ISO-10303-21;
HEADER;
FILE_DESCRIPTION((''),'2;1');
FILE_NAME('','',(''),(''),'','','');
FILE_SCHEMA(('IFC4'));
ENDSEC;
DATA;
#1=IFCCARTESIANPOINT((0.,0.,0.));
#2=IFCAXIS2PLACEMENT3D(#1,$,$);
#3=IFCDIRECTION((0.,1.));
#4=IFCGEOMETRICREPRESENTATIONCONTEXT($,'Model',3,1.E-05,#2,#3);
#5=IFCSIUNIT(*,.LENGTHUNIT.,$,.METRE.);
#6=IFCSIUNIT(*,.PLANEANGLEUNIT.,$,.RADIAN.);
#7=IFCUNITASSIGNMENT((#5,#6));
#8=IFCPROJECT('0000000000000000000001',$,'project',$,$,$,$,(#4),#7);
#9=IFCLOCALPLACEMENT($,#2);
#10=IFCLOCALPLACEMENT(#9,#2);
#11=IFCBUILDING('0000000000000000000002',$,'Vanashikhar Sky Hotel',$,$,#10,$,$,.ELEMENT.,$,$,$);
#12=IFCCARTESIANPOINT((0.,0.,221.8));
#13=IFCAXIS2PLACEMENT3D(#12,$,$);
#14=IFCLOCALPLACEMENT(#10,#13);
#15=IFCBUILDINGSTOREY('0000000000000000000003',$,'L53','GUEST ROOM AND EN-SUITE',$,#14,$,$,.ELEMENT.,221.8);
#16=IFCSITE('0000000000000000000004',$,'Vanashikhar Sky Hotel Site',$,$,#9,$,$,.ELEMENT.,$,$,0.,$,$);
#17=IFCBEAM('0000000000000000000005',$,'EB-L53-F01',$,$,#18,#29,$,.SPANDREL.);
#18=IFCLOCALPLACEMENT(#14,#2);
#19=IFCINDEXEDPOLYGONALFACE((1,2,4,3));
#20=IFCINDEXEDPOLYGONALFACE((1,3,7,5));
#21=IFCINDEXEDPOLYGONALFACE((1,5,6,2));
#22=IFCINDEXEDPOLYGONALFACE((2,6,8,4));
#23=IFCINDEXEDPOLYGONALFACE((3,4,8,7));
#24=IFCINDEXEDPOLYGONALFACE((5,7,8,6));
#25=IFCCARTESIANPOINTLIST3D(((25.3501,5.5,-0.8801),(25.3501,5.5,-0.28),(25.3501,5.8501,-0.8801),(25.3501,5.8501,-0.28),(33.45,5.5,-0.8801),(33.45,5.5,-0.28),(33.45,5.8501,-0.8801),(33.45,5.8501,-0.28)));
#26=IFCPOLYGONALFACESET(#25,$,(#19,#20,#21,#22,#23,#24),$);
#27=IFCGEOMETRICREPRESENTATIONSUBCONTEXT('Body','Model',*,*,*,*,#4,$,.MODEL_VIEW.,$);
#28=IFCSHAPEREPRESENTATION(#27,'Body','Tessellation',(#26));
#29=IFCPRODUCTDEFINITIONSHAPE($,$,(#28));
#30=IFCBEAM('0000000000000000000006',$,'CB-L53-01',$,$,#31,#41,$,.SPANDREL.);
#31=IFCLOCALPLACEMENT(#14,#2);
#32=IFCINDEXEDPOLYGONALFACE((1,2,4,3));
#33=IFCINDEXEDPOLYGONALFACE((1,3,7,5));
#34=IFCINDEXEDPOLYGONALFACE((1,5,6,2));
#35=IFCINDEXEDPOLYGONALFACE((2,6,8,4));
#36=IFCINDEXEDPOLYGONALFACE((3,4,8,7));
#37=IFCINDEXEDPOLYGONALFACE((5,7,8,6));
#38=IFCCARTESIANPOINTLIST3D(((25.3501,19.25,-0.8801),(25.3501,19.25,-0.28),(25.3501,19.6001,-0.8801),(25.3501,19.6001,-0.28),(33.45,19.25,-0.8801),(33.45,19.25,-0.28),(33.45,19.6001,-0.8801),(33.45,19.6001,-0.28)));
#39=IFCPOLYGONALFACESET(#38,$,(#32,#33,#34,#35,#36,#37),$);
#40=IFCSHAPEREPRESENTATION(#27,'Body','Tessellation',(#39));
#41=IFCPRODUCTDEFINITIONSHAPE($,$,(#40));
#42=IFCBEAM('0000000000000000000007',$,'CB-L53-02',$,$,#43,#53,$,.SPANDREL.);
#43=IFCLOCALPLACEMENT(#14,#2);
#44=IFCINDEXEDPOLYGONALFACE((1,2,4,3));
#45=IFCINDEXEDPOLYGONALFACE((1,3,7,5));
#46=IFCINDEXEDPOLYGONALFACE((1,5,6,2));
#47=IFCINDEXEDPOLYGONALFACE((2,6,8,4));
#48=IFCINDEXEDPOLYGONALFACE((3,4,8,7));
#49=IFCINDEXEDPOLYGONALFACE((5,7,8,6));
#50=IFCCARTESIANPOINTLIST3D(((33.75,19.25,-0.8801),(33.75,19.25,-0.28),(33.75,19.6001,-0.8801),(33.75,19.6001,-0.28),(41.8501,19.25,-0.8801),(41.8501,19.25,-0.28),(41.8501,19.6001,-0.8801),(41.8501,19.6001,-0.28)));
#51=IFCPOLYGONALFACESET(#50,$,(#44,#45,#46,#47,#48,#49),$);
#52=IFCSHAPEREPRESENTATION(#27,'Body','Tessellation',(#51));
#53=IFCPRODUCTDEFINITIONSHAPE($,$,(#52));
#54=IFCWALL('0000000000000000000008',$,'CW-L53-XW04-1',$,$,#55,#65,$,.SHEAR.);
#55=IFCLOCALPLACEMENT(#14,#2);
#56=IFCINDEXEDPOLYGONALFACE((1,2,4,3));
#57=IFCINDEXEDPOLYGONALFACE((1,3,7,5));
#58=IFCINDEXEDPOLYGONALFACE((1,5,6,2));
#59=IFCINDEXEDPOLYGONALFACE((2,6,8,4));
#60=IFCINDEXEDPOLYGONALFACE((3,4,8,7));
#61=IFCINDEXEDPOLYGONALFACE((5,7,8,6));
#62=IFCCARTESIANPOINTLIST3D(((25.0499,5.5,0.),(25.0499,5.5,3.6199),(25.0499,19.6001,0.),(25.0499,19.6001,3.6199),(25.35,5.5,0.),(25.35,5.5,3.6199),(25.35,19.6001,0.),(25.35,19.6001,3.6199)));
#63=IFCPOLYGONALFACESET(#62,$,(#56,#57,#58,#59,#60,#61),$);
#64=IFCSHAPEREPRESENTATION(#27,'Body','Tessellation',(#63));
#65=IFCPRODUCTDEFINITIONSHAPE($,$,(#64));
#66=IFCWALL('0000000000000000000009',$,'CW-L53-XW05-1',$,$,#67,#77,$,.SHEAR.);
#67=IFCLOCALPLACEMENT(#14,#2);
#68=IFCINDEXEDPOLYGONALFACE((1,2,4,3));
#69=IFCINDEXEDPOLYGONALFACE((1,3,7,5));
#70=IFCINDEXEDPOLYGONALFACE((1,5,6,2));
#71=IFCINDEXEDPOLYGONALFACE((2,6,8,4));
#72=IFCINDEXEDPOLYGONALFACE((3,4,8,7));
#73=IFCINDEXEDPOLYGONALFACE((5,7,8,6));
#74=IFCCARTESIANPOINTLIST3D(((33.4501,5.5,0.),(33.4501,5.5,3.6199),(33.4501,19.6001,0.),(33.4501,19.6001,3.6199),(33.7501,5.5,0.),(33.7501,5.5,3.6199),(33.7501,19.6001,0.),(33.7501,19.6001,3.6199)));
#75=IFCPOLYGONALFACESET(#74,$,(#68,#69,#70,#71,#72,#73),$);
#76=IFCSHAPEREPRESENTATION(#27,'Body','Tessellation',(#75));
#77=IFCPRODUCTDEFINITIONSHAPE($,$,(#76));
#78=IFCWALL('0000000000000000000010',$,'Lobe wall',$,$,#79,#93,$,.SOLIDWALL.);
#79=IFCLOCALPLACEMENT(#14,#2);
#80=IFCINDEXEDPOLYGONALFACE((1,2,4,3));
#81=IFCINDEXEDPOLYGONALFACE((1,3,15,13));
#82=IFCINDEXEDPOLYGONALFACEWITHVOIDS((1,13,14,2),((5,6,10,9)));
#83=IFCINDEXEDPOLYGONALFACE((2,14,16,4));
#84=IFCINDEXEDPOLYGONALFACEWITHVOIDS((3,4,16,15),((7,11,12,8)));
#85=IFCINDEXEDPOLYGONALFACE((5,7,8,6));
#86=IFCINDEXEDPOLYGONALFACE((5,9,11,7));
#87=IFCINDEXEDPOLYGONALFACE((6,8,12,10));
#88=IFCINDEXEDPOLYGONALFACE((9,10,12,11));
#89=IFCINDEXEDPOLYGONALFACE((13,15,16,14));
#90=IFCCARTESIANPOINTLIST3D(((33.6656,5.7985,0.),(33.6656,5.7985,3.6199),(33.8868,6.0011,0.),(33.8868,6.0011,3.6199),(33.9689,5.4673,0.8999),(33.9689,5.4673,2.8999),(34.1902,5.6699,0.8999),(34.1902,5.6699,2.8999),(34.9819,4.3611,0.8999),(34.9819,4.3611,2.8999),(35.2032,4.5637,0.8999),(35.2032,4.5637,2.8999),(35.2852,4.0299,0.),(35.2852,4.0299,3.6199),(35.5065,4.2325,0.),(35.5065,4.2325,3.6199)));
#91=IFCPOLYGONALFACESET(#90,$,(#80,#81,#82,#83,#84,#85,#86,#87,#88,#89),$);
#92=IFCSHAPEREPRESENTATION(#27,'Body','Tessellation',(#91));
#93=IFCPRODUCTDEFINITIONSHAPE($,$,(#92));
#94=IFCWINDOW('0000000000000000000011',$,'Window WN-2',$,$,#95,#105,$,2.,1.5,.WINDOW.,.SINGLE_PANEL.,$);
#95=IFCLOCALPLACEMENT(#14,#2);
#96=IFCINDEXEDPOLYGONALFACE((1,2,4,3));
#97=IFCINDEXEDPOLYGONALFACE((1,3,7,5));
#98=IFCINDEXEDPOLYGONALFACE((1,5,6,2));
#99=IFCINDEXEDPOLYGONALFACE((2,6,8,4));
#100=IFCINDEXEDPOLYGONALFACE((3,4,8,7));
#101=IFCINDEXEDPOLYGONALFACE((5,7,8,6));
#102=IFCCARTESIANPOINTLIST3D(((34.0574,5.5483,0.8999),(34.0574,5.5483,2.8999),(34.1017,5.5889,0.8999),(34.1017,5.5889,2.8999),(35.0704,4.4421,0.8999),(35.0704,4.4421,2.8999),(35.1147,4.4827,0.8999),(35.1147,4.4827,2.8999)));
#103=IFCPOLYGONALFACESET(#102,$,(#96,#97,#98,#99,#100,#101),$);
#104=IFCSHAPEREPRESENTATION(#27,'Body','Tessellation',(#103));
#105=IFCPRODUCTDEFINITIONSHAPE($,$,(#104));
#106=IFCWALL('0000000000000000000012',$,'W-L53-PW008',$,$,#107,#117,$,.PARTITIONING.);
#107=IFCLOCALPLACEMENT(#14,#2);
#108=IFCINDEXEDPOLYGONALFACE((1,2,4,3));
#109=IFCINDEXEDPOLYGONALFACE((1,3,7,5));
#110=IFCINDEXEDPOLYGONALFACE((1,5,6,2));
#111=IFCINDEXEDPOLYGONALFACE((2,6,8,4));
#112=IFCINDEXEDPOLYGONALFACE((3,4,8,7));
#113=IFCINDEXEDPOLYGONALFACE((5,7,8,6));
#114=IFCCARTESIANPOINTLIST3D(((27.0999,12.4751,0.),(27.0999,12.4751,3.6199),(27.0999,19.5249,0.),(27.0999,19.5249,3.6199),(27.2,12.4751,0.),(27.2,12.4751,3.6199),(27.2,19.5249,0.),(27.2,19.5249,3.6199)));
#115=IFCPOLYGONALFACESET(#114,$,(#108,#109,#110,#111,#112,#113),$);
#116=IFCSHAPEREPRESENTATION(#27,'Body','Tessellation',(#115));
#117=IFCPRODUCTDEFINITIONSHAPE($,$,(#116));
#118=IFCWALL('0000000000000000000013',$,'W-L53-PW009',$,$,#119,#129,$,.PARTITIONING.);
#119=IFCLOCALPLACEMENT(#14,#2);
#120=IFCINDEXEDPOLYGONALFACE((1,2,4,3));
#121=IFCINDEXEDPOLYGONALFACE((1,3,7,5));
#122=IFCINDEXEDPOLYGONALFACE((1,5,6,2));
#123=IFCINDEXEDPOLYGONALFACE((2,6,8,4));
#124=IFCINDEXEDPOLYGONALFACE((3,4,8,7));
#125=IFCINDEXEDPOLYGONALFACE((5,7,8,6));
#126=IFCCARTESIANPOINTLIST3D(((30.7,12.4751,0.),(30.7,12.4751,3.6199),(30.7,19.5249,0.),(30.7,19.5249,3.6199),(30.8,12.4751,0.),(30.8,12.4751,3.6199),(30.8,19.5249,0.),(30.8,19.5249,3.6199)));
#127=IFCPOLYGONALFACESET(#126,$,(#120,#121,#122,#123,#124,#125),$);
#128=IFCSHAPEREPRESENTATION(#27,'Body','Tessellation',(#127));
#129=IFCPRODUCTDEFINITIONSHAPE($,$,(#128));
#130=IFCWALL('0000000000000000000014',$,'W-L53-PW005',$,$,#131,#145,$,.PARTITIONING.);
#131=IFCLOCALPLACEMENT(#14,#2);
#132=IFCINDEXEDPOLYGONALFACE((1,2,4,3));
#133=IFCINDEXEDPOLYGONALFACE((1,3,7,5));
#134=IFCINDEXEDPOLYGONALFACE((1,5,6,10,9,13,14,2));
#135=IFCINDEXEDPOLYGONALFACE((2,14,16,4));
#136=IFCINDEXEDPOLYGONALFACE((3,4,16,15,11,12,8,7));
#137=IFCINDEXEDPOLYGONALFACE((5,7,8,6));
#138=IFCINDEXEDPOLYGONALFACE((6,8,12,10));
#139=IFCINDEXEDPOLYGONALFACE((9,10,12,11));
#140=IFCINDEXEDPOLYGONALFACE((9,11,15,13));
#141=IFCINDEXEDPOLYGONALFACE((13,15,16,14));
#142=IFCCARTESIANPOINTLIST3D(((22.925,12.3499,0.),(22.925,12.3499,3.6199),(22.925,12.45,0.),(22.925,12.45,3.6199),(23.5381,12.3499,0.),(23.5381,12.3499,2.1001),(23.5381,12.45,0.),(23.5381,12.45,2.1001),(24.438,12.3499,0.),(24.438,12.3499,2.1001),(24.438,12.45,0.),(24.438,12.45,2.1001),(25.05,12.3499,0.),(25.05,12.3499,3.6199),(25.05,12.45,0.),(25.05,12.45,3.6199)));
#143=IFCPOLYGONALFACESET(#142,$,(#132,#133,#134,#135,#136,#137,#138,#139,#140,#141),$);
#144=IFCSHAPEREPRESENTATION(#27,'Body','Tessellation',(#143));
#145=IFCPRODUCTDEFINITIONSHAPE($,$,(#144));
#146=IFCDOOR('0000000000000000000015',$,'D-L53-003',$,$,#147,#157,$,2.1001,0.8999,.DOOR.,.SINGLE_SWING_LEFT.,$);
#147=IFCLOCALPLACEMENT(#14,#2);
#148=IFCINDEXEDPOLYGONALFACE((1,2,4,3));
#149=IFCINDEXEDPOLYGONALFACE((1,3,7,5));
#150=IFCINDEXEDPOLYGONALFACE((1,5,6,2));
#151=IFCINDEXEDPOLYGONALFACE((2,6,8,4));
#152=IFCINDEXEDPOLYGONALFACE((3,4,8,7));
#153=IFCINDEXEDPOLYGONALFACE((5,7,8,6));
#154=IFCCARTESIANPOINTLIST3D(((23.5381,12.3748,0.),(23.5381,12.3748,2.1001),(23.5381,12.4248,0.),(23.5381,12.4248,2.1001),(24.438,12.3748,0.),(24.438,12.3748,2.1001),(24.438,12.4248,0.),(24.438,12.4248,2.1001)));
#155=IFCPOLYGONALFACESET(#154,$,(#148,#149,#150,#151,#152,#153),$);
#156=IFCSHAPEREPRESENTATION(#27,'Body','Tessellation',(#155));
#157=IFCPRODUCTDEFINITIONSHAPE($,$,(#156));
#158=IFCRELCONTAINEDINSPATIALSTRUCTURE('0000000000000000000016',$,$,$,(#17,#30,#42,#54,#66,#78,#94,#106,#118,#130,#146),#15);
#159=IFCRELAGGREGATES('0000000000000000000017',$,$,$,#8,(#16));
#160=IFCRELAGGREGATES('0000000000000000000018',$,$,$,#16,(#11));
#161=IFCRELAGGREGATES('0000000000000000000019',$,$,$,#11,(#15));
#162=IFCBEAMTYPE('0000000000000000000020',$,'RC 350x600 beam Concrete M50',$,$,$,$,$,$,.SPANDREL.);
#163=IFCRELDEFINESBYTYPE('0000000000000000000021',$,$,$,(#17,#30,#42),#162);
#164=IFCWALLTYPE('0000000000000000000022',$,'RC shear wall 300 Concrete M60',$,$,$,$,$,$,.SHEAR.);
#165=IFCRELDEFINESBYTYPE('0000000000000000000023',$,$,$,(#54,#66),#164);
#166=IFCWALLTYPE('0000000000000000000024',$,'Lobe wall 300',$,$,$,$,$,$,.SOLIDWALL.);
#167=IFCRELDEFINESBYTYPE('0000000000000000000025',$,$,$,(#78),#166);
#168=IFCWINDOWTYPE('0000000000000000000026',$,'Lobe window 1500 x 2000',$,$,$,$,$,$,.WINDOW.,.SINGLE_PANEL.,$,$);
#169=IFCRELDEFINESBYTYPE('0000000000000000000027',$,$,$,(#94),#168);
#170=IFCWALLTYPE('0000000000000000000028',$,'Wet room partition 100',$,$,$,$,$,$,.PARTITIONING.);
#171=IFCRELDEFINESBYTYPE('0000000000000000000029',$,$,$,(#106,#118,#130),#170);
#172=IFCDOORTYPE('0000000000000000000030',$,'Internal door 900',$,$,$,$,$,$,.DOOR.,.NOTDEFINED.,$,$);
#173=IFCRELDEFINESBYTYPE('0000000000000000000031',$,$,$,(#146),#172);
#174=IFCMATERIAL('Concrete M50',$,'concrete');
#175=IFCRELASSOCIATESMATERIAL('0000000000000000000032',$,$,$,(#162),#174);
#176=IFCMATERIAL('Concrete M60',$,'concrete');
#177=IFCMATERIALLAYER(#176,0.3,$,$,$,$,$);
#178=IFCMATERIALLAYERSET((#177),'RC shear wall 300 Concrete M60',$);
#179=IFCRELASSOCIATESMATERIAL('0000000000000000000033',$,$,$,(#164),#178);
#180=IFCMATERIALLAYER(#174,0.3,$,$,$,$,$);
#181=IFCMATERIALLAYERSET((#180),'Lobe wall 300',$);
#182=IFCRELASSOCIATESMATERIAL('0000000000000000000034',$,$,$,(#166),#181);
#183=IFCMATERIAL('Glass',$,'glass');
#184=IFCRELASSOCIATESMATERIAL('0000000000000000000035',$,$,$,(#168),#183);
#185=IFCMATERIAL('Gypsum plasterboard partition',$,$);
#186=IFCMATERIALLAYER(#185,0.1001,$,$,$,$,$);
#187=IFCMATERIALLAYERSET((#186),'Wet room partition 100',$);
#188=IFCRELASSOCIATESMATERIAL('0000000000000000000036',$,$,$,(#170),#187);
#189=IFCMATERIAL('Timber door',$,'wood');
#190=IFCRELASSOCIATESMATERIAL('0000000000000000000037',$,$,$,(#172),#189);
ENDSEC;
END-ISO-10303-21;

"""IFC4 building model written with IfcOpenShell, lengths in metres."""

from ifc_helpers import new_model, si_unit, direction, frame, frame_2d, origin, origin_2d, place, context, subcontext, project, spatial, rectangle, extrude, source, transform, mapped, material, layer, layer_set, material_profile, profile_set, type_object, element, fill, save


model = new_model("IFC4")

# Units and contexts
model_context = context("Model", 3, precision=1e-05, world=origin(), true_north=direction((0.0, 1.0)))
body_context = subcontext(model_context, "Body", "Model", "MODEL_VIEW")
ifc_project = project(units=[si_unit("LENGTHUNIT", "METRE"), si_unit("PLANEANGLEUNIT", "RADIAN")], contexts=[model_context])

# Site, building, storey
site_placement = place(None, origin())
site = spatial("IfcSite", under=ifc_project, at=site_placement, Name="Vanashikhar Sky Hotel Site", CompositionType="ELEMENT", RefElevation=0.0)
building_placement = place(site_placement, origin())
building = spatial("IfcBuilding", under=site, at=building_placement, Name="Vanashikhar Sky Hotel", CompositionType="ELEMENT")
storey_placement = place(building_placement, frame((0.0, 0.0, 221.8)))
storey = spatial("IfcBuildingStorey", under=building, at=storey_placement, Name="L53", Description="GUEST ROOM AND EN-SUITE", CompositionType="ELEMENT", Elevation=221.8)

# Beams
ifc_material_1 = material(Name="Concrete M50", Category="concrete")
ifc_material_profile_1 = material_profile(ifc_material_1, rectangle(XDim=0.3501, YDim=0.6001, at=origin_2d()))
ifc_profile_set_1 = profile_set([ifc_material_profile_1], Name="RC 350x600 beam Concrete M50")
beam_type = type_object("IfcBeamType", Name="RC 350x600 beam Concrete M50", PredefinedType="SPANDREL", material=ifc_profile_set_1)
shared_shape_1 = source(origin(), body_context, "Body", "SweptSolid", [
    extrude(rectangle(XDim=0.3501, YDim=0.6001, at=origin_2d()), origin(), (0.0, 0.0, 1.0), 8.0999),
])
for number, where, z_axis, x_axis, name in (
    (1, (25.3501, 5.675, -0.5801), (1.0, 0.0, 0.0), (0.0, 1.0, 0.0), "EB-L53-F01"),
    (2, (25.3501, 19.425, -0.5801), (1.0, 0.0, 0.0), (0.0, 1.0, 0.0), "CB-L53-01"),
):
    element("IfcBeam", number, at=place(storey_placement, frame(where, z_axis=z_axis, x_axis=x_axis)), inside=storey, type_object=beam_type, Name=name, PredefinedType="SPANDREL", context=body_context, shape_type="MappedRepresentation", body=[
        mapped(shared_shape_1, transform((0.0, 0.0, 0.0), scale=1.0)),
    ])
shared_shape_2 = source(origin(), body_context, "Body", "SweptSolid", [
    extrude(rectangle(XDim=0.3501, YDim=0.6001, at=origin_2d()), origin(), (0.0, 0.0, 1.0), 8.1001),
])
beam_placement = place(storey_placement, frame((33.75, 19.425, -0.5801), z_axis=(1.0, 0.0, 0.0), x_axis=(0.0, 1.0, 0.0)))
element("IfcBeam", 3, at=beam_placement, inside=storey, type_object=beam_type, Name="CB-L53-02", PredefinedType="SPANDREL", context=body_context, shape_type="MappedRepresentation", body=[
    mapped(shared_shape_2, transform((0.0, 0.0, 0.0), scale=1.0)),
])

# Walls
ifc_material_2 = material(Name="Concrete M60", Category="concrete")
ifc_layer_1 = layer(ifc_material_2, 0.3)
ifc_layer_set_1 = layer_set([ifc_layer_1], Name="RC shear wall 300 Concrete M60")
wall_type_1 = type_object("IfcWallType", Name="RC shear wall 300 Concrete M60", PredefinedType="SHEAR", material=ifc_layer_set_1)
shared_shape_3 = source(origin(), body_context, "Body", "SweptSolid", [
    extrude(rectangle(XDim=14.1001, YDim=0.3, at=frame_2d((7.05, 0.0))), origin(), (0.0, 0.0, 1.0), 3.6199),
])
for number, where, z_axis, x_axis, name in (
    (4, (25.2, 5.5, 0.0), (0.0, 0.0, 1.0), (0.0, 1.0, 0.0), "CW-L53-XW04-1"),
    (5, (33.6001, 5.5, 0.0), (0.0, 0.0, 1.0), (0.0, 1.0, 0.0), "CW-L53-XW05-1"),
):
    element("IfcWall", number, at=place(storey_placement, frame(where, z_axis=z_axis, x_axis=x_axis)), inside=storey, type_object=wall_type_1, Name=name, PredefinedType="SHEAR", context=body_context, shape_type="MappedRepresentation", body=[
        mapped(shared_shape_3, transform((0.0, 0.0, 0.0), scale=1.0)),
    ])

# Shared definitions
ifc_material_3 = material(Name="Glass", Category="glass")

# Wall, opening, window
ifc_layer_2 = layer(ifc_material_1, 0.3)
ifc_layer_set_2 = layer_set([ifc_layer_2], Name="Lobe wall 300")
wall_type_2 = type_object("IfcWallType", Name="Lobe wall 300", PredefinedType="SOLIDWALL", material=ifc_layer_set_2)
shared_shape_4 = source(origin(), body_context, "Body", "SweptSolid", [
    extrude(rectangle(XDim=2.3982, YDim=0.3, at=frame_2d((1.1992, 0.0))), origin(), (0.0, 0.0, 1.0), 3.6199),
])
wall_1_placement = place(storey_placement, frame((33.7761, 5.8999, 0.0), z_axis=(0.0, 0.0, 1.0), x_axis=(0.675374, -0.737475, 0.0)))
wall_1 = element("IfcWall", 6, at=wall_1_placement, inside=storey, type_object=wall_type_2, Name="Lobe wall", PredefinedType="SOLIDWALL", context=body_context, shape_type="MappedRepresentation", body=[
    mapped(shared_shape_4, transform((0.0, 0.0, 0.0), scale=1.0)),
])
shared_shape_5 = source(origin(), body_context, "Body", "SweptSolid", [
    extrude(rectangle(XDim=1.5, YDim=2.0, at=frame_2d((0.75, 1.0))), frame((0.0, 0.1602, 0.0), z_axis=(0.0, -1.0, 0.0), x_axis=(1.0, 0.0, 0.0)), (0.0, 0.0, 1.0), 0.3201),
])
opening_1_placement = place(wall_1_placement, frame((0.4492, 0.0, 0.8999)))
opening_1 = element("IfcOpeningElement", 7, at=opening_1_placement, cuts=wall_1, PredefinedType="OPENING", context=body_context, shape_type="MappedRepresentation", body=[
    mapped(shared_shape_5, transform((0.0, 0.0, 0.0), scale=1.0)),
])
window_type_1 = type_object("IfcWindowType", Name="Lobe window 1500 x 2000", PartitioningType="SINGLE_PANEL", PredefinedType="WINDOW", material=ifc_material_3)
shared_shape_6 = source(origin(), body_context, "Body", "SweptSolid", [
    extrude(rectangle(XDim=1.5, YDim=2.0, at=frame_2d((0.75, 1.0))), frame((0.0, 0.03, 0.0), z_axis=(0.0, -1.0, 0.0), x_axis=(1.0, 0.0, 0.0)), (0.0, 0.0, 1.0), 0.0601),
])
window_1_placement = place(opening_1_placement, origin())
window_1 = element("IfcWindow", 8, at=window_1_placement, inside=storey, type_object=window_type_1, Name="Window WN-2", OverallHeight=2.0, OverallWidth=1.5, PartitioningType="SINGLE_PANEL", PredefinedType="WINDOW", context=body_context, shape_type="MappedRepresentation", body=[
    mapped(shared_shape_6, transform((0.0, 0.0, 0.0), scale=1.0)),
])
fill(opening_1, window_1)

# Walls
ifc_material_4 = material(Name="Gypsum plasterboard partition")
ifc_layer_3 = layer(ifc_material_4, 0.1001)
ifc_layer_set_3 = layer_set([ifc_layer_3], Name="Wet room partition 100")
wall_type_3 = type_object("IfcWallType", Name="Wet room partition 100", PredefinedType="PARTITIONING", material=ifc_layer_set_3)
shared_shape_7 = source(origin(), body_context, "Body", "SweptSolid", [
    extrude(rectangle(XDim=7.0498, YDim=0.1001, at=frame_2d((3.5249, 0.0))), origin(), (0.0, 0.0, 1.0), 3.6199),
])
for number, where, z_axis, x_axis, name in (
    (9, (27.1499, 12.4751, 0.0), (0.0, 0.0, 1.0), (0.0, 1.0, 0.0), "W-L53-PW008"),
    (10, (30.75, 12.4751, 0.0), (0.0, 0.0, 1.0), (0.0, 1.0, 0.0), "W-L53-PW009"),
):
    element("IfcWall", number, at=place(storey_placement, frame(where, z_axis=z_axis, x_axis=x_axis)), inside=storey, type_object=wall_type_3, Name=name, PredefinedType="PARTITIONING", context=body_context, shape_type="MappedRepresentation", body=[
        mapped(shared_shape_7, transform((0.0, 0.0, 0.0), scale=1.0)),
    ])

# Wall, opening, door
shared_shape_8 = source(origin(), body_context, "Body", "SweptSolid", [
    extrude(rectangle(XDim=2.125, YDim=0.1001, at=frame_2d((1.0625, 0.0))), origin(), (0.0, 0.0, 1.0), 3.6199),
])
wall_2_placement = place(storey_placement, frame((22.925, 12.3999, 0.0), z_axis=(0.0, 0.0, 1.0), x_axis=(1.0, 0.0, 0.0)))
wall_2 = element("IfcWall", 11, at=wall_2_placement, inside=storey, type_object=wall_type_3, Name="W-L53-PW005", PredefinedType="PARTITIONING", context=body_context, shape_type="MappedRepresentation", body=[
    mapped(shared_shape_8, transform((0.0, 0.0, 0.0), scale=1.0)),
])
shared_shape_9 = source(origin(), body_context, "Body", "SweptSolid", [
    extrude(rectangle(XDim=0.8999, YDim=2.1001, at=frame_2d((0.45, 1.05))), frame((0.0, 0.0601, 0.0), z_axis=(0.0, -1.0, 0.0), x_axis=(1.0, 0.0, 0.0)), (0.0, 0.0, 1.0), 0.1201),
])
opening_2_placement = place(wall_2_placement, frame((0.613, 0.0, 0.0)))
opening_2 = element("IfcOpeningElement", 12, at=opening_2_placement, cuts=wall_2, PredefinedType="OPENING", context=body_context, shape_type="MappedRepresentation", body=[
    mapped(shared_shape_9, transform((0.0, 0.0, 0.0), scale=1.0)),
])
ifc_material_5 = material(Name="Timber door", Category="wood")
door_type_1 = type_object("IfcDoorType", Name="Internal door 900", OperationType="NOTDEFINED", PredefinedType="DOOR", material=ifc_material_5)
shared_shape_10 = source(origin(), body_context, "Body", "SweptSolid", [
    extrude(rectangle(XDim=0.8999, YDim=2.1001, at=frame_2d((0.45, 1.05))), frame((0.0, 0.0249, 0.0), z_axis=(0.0, -1.0, 0.0), x_axis=(1.0, 0.0, 0.0)), (0.0, 0.0, 1.0), 0.05),
])
door_1_placement = place(opening_2_placement, origin())
door_1 = element("IfcDoor", 13, at=door_1_placement, inside=storey, type_object=door_type_1, Name="D-L53-003", OperationType="SINGLE_SWING_LEFT", OverallHeight=2.1001, OverallWidth=0.8999, PredefinedType="DOOR", context=body_context, shape_type="MappedRepresentation", body=[
    mapped(shared_shape_10, transform((0.0, 0.0, 0.0), scale=1.0)),
])
fill(opening_2, door_1)

save(model, "model.ifc")
